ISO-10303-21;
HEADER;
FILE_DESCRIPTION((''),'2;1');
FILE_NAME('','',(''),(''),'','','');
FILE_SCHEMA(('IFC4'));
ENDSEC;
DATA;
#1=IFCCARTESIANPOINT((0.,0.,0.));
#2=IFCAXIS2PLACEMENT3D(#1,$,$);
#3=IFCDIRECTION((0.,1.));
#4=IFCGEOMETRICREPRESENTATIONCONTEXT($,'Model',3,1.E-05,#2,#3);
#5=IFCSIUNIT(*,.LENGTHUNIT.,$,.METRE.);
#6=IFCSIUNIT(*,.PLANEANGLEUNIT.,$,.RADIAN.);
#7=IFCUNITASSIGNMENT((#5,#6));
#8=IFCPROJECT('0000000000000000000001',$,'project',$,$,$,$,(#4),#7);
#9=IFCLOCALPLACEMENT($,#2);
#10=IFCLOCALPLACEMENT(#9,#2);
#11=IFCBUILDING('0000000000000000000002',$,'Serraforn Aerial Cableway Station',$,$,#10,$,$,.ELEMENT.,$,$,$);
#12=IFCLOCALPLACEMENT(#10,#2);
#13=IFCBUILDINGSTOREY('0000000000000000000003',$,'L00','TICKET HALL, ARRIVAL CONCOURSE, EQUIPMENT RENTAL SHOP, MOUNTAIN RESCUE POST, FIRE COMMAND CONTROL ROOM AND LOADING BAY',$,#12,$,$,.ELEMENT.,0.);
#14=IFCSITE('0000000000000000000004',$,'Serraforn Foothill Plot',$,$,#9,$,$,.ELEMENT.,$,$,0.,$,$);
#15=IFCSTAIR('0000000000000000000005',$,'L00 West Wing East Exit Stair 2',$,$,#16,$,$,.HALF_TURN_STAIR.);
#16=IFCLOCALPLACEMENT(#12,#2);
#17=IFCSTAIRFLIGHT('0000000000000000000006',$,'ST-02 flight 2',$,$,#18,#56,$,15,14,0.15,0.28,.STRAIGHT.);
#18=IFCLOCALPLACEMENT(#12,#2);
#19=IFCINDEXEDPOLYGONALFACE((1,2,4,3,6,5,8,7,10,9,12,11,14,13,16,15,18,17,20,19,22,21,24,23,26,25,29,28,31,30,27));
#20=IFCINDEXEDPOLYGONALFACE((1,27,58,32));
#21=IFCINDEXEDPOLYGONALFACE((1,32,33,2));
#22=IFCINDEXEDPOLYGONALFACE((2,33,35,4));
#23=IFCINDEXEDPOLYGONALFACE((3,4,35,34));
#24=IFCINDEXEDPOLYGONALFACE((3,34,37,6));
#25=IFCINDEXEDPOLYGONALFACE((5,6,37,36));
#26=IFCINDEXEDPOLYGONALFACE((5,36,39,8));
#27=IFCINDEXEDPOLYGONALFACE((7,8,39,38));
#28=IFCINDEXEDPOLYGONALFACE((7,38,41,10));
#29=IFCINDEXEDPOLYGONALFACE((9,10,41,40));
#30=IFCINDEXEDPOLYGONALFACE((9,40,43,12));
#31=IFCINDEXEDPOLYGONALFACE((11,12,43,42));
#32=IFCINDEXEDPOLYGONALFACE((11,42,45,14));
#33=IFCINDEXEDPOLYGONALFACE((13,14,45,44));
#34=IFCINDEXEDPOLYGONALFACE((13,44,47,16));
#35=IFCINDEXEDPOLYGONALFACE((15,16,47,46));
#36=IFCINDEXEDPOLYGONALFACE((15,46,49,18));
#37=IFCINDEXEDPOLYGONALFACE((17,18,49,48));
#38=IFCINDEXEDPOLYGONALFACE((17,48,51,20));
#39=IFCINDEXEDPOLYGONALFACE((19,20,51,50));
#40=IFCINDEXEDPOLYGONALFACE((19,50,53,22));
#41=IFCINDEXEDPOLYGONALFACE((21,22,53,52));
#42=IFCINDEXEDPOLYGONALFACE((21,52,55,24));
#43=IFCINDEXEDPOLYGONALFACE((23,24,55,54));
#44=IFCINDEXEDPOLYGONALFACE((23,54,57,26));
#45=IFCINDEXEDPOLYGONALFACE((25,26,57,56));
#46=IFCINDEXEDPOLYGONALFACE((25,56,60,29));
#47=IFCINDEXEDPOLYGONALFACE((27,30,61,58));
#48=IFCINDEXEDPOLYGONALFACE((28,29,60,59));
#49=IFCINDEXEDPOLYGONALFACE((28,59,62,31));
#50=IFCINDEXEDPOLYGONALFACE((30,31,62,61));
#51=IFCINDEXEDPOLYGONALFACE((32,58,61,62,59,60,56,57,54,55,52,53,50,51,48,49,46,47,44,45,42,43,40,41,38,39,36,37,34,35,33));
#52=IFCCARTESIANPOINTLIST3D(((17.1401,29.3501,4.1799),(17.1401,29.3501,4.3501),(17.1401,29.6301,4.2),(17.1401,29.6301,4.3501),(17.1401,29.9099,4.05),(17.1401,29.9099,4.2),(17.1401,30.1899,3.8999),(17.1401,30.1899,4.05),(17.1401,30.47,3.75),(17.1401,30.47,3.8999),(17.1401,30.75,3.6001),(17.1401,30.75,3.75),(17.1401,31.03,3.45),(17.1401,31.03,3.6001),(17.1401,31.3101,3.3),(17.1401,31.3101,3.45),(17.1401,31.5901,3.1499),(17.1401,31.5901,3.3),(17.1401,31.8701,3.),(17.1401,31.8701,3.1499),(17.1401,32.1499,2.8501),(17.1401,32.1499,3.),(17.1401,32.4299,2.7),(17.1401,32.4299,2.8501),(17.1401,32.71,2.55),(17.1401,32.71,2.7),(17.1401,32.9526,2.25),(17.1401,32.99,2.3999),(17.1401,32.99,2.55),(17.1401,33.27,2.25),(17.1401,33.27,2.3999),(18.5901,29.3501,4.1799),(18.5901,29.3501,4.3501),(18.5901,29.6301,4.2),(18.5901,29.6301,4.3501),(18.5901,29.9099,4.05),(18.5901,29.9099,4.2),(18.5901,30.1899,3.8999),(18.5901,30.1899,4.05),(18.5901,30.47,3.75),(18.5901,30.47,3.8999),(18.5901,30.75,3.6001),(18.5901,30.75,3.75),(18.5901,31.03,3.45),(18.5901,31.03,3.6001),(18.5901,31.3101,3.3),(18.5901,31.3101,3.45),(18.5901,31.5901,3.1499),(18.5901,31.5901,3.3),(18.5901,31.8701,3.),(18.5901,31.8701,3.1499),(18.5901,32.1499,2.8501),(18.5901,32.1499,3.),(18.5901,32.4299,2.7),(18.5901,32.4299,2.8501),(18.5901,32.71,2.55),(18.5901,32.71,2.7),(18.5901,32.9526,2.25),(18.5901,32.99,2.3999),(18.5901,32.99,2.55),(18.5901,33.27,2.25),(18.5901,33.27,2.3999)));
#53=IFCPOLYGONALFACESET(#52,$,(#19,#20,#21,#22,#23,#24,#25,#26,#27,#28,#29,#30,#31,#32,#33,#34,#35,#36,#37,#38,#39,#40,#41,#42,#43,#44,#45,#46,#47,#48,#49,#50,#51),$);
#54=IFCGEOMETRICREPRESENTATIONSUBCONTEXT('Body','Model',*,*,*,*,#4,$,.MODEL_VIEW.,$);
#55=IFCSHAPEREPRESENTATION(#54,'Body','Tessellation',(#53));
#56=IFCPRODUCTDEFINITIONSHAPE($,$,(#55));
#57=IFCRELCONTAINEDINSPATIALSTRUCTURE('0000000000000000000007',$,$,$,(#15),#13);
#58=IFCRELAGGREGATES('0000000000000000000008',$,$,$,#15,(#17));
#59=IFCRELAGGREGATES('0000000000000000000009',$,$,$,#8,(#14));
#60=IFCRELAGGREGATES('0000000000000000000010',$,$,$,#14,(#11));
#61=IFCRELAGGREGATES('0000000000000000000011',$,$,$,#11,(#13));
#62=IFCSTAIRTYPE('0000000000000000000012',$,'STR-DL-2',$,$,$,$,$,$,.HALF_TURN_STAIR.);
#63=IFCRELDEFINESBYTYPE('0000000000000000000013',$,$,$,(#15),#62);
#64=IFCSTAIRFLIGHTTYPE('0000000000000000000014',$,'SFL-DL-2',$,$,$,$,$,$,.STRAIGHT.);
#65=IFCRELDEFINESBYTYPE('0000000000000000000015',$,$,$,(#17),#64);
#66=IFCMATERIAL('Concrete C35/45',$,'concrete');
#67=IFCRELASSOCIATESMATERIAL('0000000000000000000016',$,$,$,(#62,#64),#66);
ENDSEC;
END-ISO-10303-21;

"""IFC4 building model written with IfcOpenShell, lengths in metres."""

from ifc_helpers import new_model, si_unit, direction, frame, origin, place, context, subcontext, project, spatial, polyline, outline, extrude, material, type_object, element, aggregate, save


model = new_model("IFC4")

# Units and contexts
model_context = context("Model", 3, precision=1e-05, world=origin(), true_north=direction((0.0, 1.0)))
body_context = subcontext(model_context, "Body", "Model", "MODEL_VIEW")
ifc_project = project(units=[si_unit("LENGTHUNIT", "METRE"), si_unit("PLANEANGLEUNIT", "RADIAN")], contexts=[model_context])

# Site, building, storey
site_placement = place(None, origin())
site = spatial("IfcSite", under=ifc_project, at=site_placement, Name="Serraforn Foothill Plot", CompositionType="ELEMENT", RefElevation=0.0)
building_placement = place(site_placement, origin())
building = spatial("IfcBuilding", under=site, at=building_placement, Name="Serraforn Aerial Cableway Station", CompositionType="ELEMENT")
storey_placement = place(building_placement, origin())
storey = spatial("IfcBuildingStorey", under=building, at=storey_placement, Name="L00", Description="TICKET HALL, ARRIVAL CONCOURSE, EQUIPMENT RENTAL SHOP, MOUNTAIN RESCUE POST, FIRE COMMAND CONTROL ROOM AND LOADING BAY", CompositionType="ELEMENT", Elevation=0.0)

# Shared definitions
ifc_material_1 = material(Name="Concrete C35/45", Category="concrete")

# Stair, stair flight
stair_type_1 = type_object("IfcStairType", Name="STR-DL-2", PredefinedType="HALF_TURN_STAIR", material=ifc_material_1)
stair_1_placement = place(storey_placement, origin())
stair_1 = element("IfcStair", 1, at=stair_1_placement, inside=storey, type_object=stair_type_1, Name="L00 West Wing East Exit Stair 2", PredefinedType="HALF_TURN_STAIR")
stair_flight_type_1 = type_object("IfcStairFlightType", Name="SFL-DL-2", PredefinedType="STRAIGHT", material=ifc_material_1)
stair_flight_1_placement = place(storey_placement, frame((17.865, 33.27, 2.25), z_axis=(0.0, 0.0, 1.0), x_axis=(0.0, -1.0, 0.0)))
stair_flight_1 = element("IfcStairFlight", 2, at=stair_flight_1_placement, type_object=stair_flight_type_1, Name="ST-02 flight 2", NumberOfRisers=15, NumberOfTreads=14, PredefinedType="STRAIGHT", RiserHeight=0.15, TreadLength=0.28, context=body_context, shape_type="SweptSolid", body=[
    extrude(outline(polyline([(0.0, 0.0), (0.0, 0.1499), (0.28, 0.1499), (0.28, 0.3), (0.5601, 0.3), (0.5601, 0.45), (0.8401, 0.45), (0.8401, 0.6001), (1.1201, 0.6001), (1.1201, 0.75), (1.3999, 0.75), (1.3999, 0.8999), (1.6799, 0.8999), (1.6799, 1.05), (1.96, 1.05), (1.96, 1.2), (2.24, 1.2), (2.24, 1.3501), (2.52, 1.3501), (2.52, 1.5), (2.8, 1.5), (2.8, 1.6499), (3.0801, 1.6499), (3.0801, 1.8), (3.3601, 1.8), (3.3601, 1.95), (3.6399, 1.95), (3.6399, 2.1001), (3.9199, 2.1001), (3.9199, 2.25), (3.9199, 1.9299), (0.3174, 0.0), (0.0, 0.0)])), frame((0.0, 0.7251, 0.0), z_axis=(0.0, -1.0, 0.0), x_axis=(1.0, 0.0, 0.0)), (0.0, 0.0, 1.0), 1.45),
])
aggregate(stair_1, [stair_flight_1])

save(model, "model.ifc")
